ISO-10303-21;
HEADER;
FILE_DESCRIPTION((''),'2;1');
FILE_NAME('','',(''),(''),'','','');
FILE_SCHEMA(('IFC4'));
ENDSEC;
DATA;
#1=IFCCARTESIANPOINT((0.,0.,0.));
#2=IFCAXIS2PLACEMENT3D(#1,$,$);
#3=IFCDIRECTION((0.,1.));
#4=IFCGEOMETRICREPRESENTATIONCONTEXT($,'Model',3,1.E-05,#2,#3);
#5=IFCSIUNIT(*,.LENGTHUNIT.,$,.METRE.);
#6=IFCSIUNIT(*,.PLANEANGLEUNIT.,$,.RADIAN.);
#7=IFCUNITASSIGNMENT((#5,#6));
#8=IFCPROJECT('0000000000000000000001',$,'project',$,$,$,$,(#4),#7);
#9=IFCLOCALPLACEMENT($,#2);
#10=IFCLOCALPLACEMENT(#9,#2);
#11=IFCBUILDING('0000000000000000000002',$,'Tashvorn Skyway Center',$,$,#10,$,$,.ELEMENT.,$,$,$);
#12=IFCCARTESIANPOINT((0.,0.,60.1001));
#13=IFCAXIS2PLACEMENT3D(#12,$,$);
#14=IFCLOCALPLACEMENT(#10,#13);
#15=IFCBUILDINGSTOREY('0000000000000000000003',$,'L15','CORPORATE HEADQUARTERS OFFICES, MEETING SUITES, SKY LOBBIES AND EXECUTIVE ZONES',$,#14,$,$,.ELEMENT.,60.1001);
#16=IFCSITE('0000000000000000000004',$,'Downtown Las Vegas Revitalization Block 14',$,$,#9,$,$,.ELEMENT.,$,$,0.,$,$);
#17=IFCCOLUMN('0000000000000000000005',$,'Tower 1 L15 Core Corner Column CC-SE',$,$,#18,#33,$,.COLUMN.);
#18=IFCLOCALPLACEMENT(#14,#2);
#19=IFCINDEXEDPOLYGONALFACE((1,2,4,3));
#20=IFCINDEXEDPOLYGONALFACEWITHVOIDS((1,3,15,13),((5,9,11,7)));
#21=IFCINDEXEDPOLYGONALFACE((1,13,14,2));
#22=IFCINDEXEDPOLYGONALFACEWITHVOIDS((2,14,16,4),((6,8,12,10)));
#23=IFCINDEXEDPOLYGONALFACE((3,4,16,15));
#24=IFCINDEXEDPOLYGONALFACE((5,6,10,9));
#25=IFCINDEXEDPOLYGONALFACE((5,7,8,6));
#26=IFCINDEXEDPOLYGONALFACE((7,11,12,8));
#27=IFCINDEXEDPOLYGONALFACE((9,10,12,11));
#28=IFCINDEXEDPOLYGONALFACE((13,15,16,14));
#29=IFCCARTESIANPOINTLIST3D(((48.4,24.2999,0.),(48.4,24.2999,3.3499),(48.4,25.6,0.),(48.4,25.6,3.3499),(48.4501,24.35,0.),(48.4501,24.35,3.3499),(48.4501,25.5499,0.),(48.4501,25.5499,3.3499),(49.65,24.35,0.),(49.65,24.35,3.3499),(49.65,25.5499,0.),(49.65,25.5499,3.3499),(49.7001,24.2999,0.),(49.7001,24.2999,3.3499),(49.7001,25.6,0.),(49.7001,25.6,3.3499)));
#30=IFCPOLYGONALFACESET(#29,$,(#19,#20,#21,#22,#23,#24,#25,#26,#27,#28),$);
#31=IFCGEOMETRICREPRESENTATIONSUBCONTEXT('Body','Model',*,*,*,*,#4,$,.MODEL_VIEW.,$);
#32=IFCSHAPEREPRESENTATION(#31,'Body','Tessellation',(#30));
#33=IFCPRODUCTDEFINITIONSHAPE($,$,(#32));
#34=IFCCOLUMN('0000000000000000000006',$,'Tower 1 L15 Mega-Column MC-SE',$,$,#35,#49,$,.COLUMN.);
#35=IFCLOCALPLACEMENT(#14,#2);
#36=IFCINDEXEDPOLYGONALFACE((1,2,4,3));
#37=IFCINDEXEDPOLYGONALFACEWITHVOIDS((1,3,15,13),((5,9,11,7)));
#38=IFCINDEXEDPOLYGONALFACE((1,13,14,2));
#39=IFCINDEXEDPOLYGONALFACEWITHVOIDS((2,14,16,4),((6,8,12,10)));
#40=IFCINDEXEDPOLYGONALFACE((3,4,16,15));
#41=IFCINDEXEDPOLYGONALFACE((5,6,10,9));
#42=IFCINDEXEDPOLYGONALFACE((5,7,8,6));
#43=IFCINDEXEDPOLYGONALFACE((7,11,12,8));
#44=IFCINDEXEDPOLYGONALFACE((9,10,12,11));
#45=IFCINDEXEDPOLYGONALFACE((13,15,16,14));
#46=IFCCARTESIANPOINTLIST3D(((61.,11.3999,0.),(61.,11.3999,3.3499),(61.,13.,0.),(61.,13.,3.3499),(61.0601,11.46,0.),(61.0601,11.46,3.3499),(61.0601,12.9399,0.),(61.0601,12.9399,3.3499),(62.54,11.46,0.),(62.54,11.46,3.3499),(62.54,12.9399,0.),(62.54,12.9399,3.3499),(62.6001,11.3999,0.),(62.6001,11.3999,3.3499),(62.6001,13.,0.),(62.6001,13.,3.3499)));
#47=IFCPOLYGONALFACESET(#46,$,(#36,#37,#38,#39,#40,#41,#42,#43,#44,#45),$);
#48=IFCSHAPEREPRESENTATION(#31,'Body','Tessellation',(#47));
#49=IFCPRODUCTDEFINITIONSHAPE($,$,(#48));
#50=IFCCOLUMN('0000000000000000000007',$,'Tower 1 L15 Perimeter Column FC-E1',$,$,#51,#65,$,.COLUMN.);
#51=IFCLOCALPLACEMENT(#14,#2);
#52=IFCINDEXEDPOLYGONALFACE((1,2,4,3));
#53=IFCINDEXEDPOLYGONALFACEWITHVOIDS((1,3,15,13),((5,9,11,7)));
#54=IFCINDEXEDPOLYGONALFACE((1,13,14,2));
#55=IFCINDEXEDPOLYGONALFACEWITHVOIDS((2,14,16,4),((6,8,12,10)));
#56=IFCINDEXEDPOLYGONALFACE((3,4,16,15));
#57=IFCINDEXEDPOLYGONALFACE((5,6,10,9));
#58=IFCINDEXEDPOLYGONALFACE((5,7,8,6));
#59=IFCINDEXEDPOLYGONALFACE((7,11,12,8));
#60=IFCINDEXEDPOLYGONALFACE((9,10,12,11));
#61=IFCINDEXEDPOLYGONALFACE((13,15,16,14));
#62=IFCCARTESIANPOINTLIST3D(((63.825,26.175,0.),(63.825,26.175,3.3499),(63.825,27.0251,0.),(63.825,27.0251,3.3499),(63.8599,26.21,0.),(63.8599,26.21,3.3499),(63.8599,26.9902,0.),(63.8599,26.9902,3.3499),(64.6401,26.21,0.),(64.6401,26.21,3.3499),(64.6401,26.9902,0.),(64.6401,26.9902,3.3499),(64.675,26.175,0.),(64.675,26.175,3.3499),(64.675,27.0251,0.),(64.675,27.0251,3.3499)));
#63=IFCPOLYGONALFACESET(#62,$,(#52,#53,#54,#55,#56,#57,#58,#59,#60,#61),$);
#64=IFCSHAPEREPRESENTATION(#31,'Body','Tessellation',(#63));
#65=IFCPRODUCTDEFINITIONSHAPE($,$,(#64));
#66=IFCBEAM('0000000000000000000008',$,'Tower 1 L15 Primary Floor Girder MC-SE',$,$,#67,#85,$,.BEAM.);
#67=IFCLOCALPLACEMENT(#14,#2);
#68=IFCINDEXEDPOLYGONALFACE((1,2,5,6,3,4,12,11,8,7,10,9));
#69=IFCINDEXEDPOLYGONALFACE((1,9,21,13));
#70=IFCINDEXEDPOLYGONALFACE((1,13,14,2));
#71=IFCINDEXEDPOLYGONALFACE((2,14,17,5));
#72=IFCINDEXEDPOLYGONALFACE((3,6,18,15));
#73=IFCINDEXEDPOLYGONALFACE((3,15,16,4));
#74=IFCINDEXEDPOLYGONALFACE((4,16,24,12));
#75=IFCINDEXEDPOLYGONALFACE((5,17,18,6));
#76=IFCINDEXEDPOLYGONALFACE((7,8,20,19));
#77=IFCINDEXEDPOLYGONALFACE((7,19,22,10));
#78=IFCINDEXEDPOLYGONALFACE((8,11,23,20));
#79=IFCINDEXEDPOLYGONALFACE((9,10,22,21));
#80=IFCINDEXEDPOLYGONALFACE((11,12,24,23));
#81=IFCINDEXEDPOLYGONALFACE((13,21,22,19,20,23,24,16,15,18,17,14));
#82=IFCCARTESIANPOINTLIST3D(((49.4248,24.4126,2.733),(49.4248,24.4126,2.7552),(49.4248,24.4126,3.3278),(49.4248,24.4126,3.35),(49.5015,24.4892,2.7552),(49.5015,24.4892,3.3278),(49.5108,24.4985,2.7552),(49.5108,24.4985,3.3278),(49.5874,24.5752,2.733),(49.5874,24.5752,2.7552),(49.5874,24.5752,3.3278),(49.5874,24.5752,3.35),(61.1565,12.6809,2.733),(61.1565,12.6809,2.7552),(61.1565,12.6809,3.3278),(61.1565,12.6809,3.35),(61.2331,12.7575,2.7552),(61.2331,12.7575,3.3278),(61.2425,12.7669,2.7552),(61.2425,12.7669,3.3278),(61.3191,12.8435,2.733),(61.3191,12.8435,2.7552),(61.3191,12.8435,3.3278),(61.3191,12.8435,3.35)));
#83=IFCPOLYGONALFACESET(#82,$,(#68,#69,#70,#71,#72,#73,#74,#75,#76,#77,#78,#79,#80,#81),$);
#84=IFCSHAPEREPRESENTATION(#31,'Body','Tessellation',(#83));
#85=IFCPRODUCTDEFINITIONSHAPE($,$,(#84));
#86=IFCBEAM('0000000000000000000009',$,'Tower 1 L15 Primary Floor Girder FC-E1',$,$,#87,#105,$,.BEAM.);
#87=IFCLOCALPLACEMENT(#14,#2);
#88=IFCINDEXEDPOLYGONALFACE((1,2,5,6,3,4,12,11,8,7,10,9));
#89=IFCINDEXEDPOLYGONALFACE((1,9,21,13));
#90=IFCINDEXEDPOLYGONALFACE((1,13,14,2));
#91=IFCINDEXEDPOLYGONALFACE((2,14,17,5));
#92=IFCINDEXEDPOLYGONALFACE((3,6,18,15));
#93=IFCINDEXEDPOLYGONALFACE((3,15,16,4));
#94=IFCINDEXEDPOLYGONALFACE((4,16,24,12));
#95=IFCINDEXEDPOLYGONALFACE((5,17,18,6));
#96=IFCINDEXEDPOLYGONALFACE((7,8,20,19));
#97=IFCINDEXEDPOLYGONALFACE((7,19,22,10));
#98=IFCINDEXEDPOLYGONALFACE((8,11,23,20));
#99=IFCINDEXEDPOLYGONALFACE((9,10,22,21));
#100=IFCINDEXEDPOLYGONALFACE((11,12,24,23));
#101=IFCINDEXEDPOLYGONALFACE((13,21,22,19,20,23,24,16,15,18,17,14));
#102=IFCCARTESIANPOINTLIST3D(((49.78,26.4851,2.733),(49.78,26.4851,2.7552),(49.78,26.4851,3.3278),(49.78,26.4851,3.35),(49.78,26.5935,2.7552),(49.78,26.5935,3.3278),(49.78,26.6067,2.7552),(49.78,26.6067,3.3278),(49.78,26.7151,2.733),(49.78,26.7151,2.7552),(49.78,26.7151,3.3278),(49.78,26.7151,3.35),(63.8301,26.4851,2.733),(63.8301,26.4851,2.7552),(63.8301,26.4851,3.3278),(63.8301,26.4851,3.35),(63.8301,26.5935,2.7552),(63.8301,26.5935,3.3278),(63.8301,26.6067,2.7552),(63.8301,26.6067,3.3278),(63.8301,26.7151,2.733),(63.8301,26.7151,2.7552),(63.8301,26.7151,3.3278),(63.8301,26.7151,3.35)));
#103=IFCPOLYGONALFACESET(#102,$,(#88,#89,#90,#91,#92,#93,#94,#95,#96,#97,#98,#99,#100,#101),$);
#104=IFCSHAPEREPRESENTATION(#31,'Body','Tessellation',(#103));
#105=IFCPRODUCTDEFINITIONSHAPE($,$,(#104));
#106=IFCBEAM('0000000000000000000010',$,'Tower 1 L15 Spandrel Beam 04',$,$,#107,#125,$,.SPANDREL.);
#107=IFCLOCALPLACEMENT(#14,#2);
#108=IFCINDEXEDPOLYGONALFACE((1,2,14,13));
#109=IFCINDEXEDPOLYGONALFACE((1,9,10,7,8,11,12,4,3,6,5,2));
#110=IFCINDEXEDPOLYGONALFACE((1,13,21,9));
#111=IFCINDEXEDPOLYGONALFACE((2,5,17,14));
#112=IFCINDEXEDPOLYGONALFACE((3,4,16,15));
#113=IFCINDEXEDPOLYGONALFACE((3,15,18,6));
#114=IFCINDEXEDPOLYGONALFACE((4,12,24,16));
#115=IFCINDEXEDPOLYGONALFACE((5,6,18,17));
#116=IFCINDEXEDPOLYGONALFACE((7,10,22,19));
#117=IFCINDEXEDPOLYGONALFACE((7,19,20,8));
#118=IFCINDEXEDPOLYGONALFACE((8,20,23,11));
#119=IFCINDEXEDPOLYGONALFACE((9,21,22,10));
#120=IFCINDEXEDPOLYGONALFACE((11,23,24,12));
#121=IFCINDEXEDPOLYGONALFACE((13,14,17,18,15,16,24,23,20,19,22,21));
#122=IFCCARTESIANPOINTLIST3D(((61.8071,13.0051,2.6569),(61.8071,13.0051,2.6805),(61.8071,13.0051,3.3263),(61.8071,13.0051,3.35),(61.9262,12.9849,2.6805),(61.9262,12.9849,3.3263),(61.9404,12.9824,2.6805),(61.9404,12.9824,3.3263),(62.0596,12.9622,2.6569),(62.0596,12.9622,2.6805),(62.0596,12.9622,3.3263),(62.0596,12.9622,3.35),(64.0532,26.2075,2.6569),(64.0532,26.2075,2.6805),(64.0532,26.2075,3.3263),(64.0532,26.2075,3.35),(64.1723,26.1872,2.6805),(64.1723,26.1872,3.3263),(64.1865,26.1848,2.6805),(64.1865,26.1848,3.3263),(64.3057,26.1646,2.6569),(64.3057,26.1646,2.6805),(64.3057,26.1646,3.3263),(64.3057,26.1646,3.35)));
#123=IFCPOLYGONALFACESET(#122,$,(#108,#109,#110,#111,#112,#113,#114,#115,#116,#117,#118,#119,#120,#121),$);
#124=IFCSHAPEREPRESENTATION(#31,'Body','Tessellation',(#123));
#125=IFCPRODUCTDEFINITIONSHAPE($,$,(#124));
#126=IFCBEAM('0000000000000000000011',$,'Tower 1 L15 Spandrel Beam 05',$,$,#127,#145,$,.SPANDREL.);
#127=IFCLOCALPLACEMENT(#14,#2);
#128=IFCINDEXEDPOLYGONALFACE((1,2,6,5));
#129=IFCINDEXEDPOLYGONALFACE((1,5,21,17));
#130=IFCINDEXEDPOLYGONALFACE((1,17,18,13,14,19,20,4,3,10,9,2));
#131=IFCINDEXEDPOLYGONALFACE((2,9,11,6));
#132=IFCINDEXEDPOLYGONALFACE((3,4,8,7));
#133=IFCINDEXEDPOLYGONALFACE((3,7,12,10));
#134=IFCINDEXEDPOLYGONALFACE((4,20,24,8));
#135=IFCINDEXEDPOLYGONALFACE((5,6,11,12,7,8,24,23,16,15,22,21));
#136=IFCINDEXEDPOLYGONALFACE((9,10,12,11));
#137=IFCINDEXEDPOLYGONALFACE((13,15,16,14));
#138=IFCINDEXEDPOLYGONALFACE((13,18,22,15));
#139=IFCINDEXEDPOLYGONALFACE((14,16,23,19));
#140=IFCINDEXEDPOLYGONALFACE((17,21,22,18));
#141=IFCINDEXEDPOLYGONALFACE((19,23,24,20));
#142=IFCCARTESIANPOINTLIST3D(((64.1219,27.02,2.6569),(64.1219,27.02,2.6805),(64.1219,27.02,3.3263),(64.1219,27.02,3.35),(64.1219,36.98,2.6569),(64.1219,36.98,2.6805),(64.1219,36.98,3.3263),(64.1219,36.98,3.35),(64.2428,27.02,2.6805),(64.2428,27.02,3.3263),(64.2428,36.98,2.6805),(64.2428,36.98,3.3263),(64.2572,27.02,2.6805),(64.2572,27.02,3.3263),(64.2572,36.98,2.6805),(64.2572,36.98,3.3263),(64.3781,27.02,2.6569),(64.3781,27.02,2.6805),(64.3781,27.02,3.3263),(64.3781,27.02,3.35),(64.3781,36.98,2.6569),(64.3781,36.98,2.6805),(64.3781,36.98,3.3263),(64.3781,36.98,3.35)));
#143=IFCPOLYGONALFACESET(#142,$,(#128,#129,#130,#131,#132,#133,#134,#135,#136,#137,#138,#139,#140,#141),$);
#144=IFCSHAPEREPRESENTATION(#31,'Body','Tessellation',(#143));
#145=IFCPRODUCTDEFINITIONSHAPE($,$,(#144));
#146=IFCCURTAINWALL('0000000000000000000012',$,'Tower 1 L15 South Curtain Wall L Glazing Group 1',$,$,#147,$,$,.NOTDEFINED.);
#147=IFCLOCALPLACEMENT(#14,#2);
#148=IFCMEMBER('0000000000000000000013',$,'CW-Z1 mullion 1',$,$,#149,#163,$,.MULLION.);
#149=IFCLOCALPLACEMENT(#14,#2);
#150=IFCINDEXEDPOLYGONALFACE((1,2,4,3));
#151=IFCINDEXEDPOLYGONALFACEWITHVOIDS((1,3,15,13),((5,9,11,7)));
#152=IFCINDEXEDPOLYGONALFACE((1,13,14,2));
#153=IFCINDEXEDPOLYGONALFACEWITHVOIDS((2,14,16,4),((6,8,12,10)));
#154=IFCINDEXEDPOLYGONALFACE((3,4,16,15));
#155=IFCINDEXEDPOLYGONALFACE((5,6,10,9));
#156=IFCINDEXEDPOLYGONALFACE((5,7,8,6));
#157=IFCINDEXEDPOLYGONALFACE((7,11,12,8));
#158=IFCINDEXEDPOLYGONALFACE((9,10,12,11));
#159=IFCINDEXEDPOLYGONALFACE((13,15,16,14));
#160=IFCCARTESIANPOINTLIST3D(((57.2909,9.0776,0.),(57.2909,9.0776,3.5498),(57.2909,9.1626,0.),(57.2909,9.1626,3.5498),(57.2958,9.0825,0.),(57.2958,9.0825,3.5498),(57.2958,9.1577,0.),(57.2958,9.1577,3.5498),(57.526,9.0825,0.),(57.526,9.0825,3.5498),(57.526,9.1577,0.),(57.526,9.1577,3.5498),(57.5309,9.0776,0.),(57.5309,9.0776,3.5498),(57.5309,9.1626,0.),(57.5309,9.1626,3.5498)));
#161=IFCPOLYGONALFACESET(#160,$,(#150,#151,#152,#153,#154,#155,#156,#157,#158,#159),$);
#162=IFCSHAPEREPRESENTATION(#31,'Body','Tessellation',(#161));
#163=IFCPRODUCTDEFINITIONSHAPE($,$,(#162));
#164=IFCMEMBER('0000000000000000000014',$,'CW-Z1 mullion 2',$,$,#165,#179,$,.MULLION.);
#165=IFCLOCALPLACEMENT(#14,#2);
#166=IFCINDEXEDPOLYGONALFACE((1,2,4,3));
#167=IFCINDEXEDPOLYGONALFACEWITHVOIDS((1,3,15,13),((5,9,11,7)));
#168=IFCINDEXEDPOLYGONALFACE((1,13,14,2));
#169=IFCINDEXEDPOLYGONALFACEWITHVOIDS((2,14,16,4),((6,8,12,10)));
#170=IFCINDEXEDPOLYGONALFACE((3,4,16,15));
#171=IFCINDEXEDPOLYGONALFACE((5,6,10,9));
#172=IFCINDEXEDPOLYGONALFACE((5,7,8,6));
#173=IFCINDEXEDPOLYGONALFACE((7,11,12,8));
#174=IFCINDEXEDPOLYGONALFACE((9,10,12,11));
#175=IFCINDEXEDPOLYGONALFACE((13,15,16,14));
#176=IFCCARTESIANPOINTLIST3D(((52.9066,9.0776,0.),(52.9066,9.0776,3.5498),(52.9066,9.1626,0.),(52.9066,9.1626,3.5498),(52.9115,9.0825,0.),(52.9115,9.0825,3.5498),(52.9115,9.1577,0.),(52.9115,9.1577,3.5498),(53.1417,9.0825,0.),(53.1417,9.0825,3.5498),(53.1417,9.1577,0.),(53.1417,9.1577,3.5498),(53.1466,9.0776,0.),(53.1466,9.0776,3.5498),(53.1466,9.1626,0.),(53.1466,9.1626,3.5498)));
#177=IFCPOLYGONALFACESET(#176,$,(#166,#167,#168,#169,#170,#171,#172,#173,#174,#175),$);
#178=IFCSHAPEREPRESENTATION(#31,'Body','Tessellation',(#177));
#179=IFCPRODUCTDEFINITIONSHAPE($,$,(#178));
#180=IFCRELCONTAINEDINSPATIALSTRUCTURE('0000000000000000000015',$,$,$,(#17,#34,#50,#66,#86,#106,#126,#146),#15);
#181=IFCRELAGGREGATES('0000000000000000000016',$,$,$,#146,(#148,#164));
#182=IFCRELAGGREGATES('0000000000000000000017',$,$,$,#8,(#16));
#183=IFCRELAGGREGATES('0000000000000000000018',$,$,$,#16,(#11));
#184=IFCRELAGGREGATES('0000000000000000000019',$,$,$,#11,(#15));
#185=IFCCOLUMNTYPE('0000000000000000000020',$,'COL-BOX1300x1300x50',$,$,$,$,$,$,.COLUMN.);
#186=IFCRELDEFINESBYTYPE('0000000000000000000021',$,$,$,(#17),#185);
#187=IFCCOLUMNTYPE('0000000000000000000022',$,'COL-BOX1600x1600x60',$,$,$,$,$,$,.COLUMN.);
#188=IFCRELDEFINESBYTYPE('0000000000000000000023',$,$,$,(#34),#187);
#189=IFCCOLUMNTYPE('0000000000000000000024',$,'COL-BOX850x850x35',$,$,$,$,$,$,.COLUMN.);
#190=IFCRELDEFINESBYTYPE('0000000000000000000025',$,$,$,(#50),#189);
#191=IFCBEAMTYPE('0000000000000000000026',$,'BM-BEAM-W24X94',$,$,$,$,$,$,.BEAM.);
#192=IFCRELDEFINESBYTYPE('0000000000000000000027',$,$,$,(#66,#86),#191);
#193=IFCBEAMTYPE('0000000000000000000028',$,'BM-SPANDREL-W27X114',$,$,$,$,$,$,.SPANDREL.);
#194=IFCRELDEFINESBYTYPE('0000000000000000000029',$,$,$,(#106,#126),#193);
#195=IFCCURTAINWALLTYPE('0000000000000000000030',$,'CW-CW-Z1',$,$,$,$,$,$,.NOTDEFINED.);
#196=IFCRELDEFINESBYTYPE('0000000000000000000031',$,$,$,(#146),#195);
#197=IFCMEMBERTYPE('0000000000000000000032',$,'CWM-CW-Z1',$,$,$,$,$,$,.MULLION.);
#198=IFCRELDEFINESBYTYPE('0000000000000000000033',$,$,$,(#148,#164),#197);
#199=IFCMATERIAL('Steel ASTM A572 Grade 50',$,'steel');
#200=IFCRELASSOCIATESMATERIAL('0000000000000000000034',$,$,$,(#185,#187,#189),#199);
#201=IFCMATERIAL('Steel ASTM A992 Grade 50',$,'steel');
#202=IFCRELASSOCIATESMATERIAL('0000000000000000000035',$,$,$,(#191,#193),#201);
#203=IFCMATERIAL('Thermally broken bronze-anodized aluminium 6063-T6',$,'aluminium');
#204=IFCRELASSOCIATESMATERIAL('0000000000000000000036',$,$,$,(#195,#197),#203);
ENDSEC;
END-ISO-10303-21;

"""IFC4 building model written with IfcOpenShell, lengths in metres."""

from ifc_helpers import new_model, si_unit, direction, frame, origin, origin_2d, place, context, subcontext, project, spatial, hollow_rectangle, i_section, extrude, material, material_profile, profile_set, type_object, element, aggregate, save


model = new_model("IFC4")

# Units and contexts
model_context = context("Model", 3, precision=1e-05, world=origin(), true_north=direction((0.0, 1.0)))
body_context = subcontext(model_context, "Body", "Model", "MODEL_VIEW")
ifc_project = project(units=[si_unit("LENGTHUNIT", "METRE"), si_unit("PLANEANGLEUNIT", "RADIAN")], contexts=[model_context])

# Site, building, storey
site_placement = place(None, origin())
site = spatial("IfcSite", under=ifc_project, at=site_placement, Name="Downtown Las Vegas Revitalization Block 14", CompositionType="ELEMENT", RefElevation=0.0)
building_placement = place(site_placement, origin())
building = spatial("IfcBuilding", under=site, at=building_placement, Name="Tashvorn Skyway Center", CompositionType="ELEMENT")
storey_placement = place(building_placement, frame((0.0, 0.0, 60.1001)))
storey = spatial("IfcBuildingStorey", under=building, at=storey_placement, Name="L15", Description="CORPORATE HEADQUARTERS OFFICES, MEETING SUITES, SKY LOBBIES AND EXECUTIVE ZONES", CompositionType="ELEMENT", Elevation=60.1001)

# Columns
ifc_material_1 = material(Name="Steel ASTM A572 Grade 50", Category="steel")
ifc_material_profile_1 = material_profile(ifc_material_1, hollow_rectangle(XDim=1.3, YDim=1.3, WallThickness=0.05, at=origin_2d()), Name="BOX1300x1300x50")
ifc_profile_set_1 = profile_set([ifc_material_profile_1], Name="Steel ASTM A572 Grade 50")
column_type_1 = type_object("IfcColumnType", Name="COL-BOX1300x1300x50", PredefinedType="COLUMN", material=ifc_profile_set_1)
column_1_placement = place(storey_placement, frame((49.05, 24.95, 0.0), z_axis=(0.0, 0.0, 1.0), x_axis=(1.0, 0.0, 0.0)))
element("IfcColumn", 1, at=column_1_placement, inside=storey, type_object=column_type_1, Name="Tower 1 L15 Core Corner Column CC-SE", PredefinedType="COLUMN", context=body_context, shape_type="SweptSolid", body=[
    extrude(hollow_rectangle(XDim=1.3, YDim=1.3, WallThickness=0.05, at=origin_2d()), origin(), (0.0, 0.0, 1.0), 3.3499),
])
ifc_material_profile_2 = material_profile(ifc_material_1, hollow_rectangle(XDim=1.6001, YDim=1.6001, WallThickness=0.0601, at=origin_2d()), Name="BOX1600x1600x60")
ifc_profile_set_2 = profile_set([ifc_material_profile_2], Name="Steel ASTM A572 Grade 50")
column_type_2 = type_object("IfcColumnType", Name="COL-BOX1600x1600x60", PredefinedType="COLUMN", material=ifc_profile_set_2)
column_2_placement = place(storey_placement, frame((61.8, 12.2, 0.0), z_axis=(0.0, 0.0, 1.0), x_axis=(1.0, 0.0, 0.0)))
element("IfcColumn", 2, at=column_2_placement, inside=storey, type_object=column_type_2, Name="Tower 1 L15 Mega-Column MC-SE", PredefinedType="COLUMN", context=body_context, shape_type="SweptSolid", body=[
    extrude(hollow_rectangle(XDim=1.6001, YDim=1.6001, WallThickness=0.0601, at=origin_2d()), origin(), (0.0, 0.0, 1.0), 3.3499),
])
ifc_material_profile_3 = material_profile(ifc_material_1, hollow_rectangle(XDim=0.8501, YDim=0.8501, WallThickness=0.0349, at=origin_2d()), Name="BOX850x850x35")
ifc_profile_set_3 = profile_set([ifc_material_profile_3], Name="Steel ASTM A572 Grade 50")
column_type_3 = type_object("IfcColumnType", Name="COL-BOX850x850x35", PredefinedType="COLUMN", material=ifc_profile_set_3)
column_3_placement = place(storey_placement, frame((64.25, 26.6001, 0.0), z_axis=(0.0, 0.0, 1.0), x_axis=(1.0, 0.0, 0.0)))
element("IfcColumn", 3, at=column_3_placement, inside=storey, type_object=column_type_3, Name="Tower 1 L15 Perimeter Column FC-E1", PredefinedType="COLUMN", context=body_context, shape_type="SweptSolid", body=[
    extrude(hollow_rectangle(XDim=0.8501, YDim=0.8501, WallThickness=0.0349, at=origin_2d()), origin(), (0.0, 0.0, 1.0), 3.3499),
])

# Beams
ifc_material_2 = material(Name="Steel ASTM A992 Grade 50", Category="steel")
ifc_material_profile_4 = material_profile(ifc_material_2, i_section(OverallWidth=0.23, OverallDepth=0.6169, WebThickness=0.0132, FlangeThickness=0.0222, at=origin_2d()), Name="W24X94")
ifc_profile_set_4 = profile_set([ifc_material_profile_4], Name="Steel ASTM A992 Grade 50")
beam_type_1 = type_object("IfcBeamType", Name="BM-BEAM-W24X94", PredefinedType="BEAM", material=ifc_profile_set_4)
beam_1_placement = place(storey_placement, frame((61.2378, 12.7622, 3.0415), z_axis=(-0.707107, 0.707107, 0.0), x_axis=(-0.707107, -0.707107, 0.0)))
element("IfcBeam", 4, at=beam_1_placement, inside=storey, type_object=beam_type_1, Name="Tower 1 L15 Primary Floor Girder MC-SE", PredefinedType="BEAM", context=body_context, shape_type="SweptSolid", body=[
    extrude(i_section(OverallWidth=0.23, OverallDepth=0.6169, WebThickness=0.0132, FlangeThickness=0.0222, at=origin_2d()), origin(), (0.0, 0.0, 1.0), 16.5911),
])
beam_2_placement = place(storey_placement, frame((63.8301, 26.6001, 3.0415), z_axis=(-1.0, 0.0, 0.0), x_axis=(0.0, -1.0, 0.0)))
element("IfcBeam", 5, at=beam_2_placement, inside=storey, type_object=beam_type_1, Name="Tower 1 L15 Primary Floor Girder FC-E1", PredefinedType="BEAM", context=body_context, shape_type="SweptSolid", body=[
    extrude(i_section(OverallWidth=0.23, OverallDepth=0.6169, WebThickness=0.0132, FlangeThickness=0.0222, at=origin_2d()), origin(), (0.0, 0.0, 1.0), 14.05),
])
ifc_material_profile_5 = material_profile(ifc_material_2, i_section(OverallWidth=0.2561, OverallDepth=0.6931, WebThickness=0.0144, FlangeThickness=0.0237, at=origin_2d()), Name="W27X114")
ifc_profile_set_5 = profile_set([ifc_material_profile_5], Name="Steel ASTM A992 Grade 50")
beam_type_2 = type_object("IfcBeamType", Name="BM-SPANDREL-W27X114", PredefinedType="SPANDREL", material=ifc_profile_set_5)
beam_3_placement = place(storey_placement, frame((61.9333, 12.9836, 3.0034), z_axis=(0.167718, 0.985835, 0.0), x_axis=(-0.985835, 0.167718, 0.0)))
element("IfcBeam", 6, at=beam_3_placement, inside=storey, type_object=beam_type_2, Name="Tower 1 L15 Spandrel Beam 04", PredefinedType="SPANDREL", context=body_context, shape_type="SweptSolid", body=[
    extrude(i_section(OverallWidth=0.2561, OverallDepth=0.6931, WebThickness=0.0144, FlangeThickness=0.0237, at=origin_2d()), origin(), (0.0, 0.0, 1.0), 13.3921),
])
beam_4_placement = place(storey_placement, frame((64.25, 27.02, 3.0034), z_axis=(0.0, 1.0, 0.0), x_axis=(-1.0, 0.0, 0.0)))
element("IfcBeam", 7, at=beam_4_placement, inside=storey, type_object=beam_type_2, Name="Tower 1 L15 Spandrel Beam 05", PredefinedType="SPANDREL", context=body_context, shape_type="SweptSolid", body=[
    extrude(i_section(OverallWidth=0.2561, OverallDepth=0.6931, WebThickness=0.0144, FlangeThickness=0.0237, at=origin_2d()), origin(), (0.0, 0.0, 1.0), 9.96),
])

# Curtain wall, members
ifc_material_3 = material(Name="Thermally broken bronze-anodized aluminium 6063-T6", Category="aluminium")
curtain_wall_type = type_object("IfcCurtainWallType", Name="CW-CW-Z1", PredefinedType="NOTDEFINED", material=ifc_material_3)
curtain_wall_1_placement = place(storey_placement, origin())
curtain_wall_1 = element("IfcCurtainWall", 8, at=curtain_wall_1_placement, inside=storey, type_object=curtain_wall_type, Name="Tower 1 L15 South Curtain Wall L Glazing Group 1", PredefinedType="NOTDEFINED")
ifc_material_profile_6 = material_profile(ifc_material_3, hollow_rectangle(XDim=0.085, YDim=0.24, WallThickness=0.0049, at=origin_2d()), Name="ALU-MULL-85x240")
ifc_profile_set_6 = profile_set([ifc_material_profile_6], Name="Thermally broken bronze-anodized aluminium 6063-T6")
member_type_1 = type_object("IfcMemberType", Name="CWM-CW-Z1", PredefinedType="MULLION", material=ifc_profile_set_6)
member_1_placement = place(storey_placement, frame((57.4109, 9.1201, 0.0), z_axis=(0.0, 0.0, 1.0), x_axis=(0.0, -1.0, 0.0)))
member_1 = element("IfcMember", 9, at=member_1_placement, type_object=member_type_1, Name="CW-Z1 mullion 1", PredefinedType="MULLION", context=body_context, shape_type="SweptSolid", body=[
    extrude(hollow_rectangle(XDim=0.085, YDim=0.24, WallThickness=0.0049, at=origin_2d()), origin(), (0.0, 0.0, 1.0), 3.5498),
])
member_2_placement = place(storey_placement, frame((53.0266, 9.1201, 0.0), z_axis=(0.0, 0.0, 1.0), x_axis=(0.0, -1.0, 0.0)))
member_2 = element("IfcMember", 10, at=member_2_placement, type_object=member_type_1, Name="CW-Z1 mullion 2", PredefinedType="MULLION", context=body_context, shape_type="SweptSolid", body=[
    extrude(hollow_rectangle(XDim=0.085, YDim=0.24, WallThickness=0.0049, at=origin_2d()), origin(), (0.0, 0.0, 1.0), 3.5498),
])

aggregate(curtain_wall_1, [member_1, member_2])

save(model, "model.ifc")
